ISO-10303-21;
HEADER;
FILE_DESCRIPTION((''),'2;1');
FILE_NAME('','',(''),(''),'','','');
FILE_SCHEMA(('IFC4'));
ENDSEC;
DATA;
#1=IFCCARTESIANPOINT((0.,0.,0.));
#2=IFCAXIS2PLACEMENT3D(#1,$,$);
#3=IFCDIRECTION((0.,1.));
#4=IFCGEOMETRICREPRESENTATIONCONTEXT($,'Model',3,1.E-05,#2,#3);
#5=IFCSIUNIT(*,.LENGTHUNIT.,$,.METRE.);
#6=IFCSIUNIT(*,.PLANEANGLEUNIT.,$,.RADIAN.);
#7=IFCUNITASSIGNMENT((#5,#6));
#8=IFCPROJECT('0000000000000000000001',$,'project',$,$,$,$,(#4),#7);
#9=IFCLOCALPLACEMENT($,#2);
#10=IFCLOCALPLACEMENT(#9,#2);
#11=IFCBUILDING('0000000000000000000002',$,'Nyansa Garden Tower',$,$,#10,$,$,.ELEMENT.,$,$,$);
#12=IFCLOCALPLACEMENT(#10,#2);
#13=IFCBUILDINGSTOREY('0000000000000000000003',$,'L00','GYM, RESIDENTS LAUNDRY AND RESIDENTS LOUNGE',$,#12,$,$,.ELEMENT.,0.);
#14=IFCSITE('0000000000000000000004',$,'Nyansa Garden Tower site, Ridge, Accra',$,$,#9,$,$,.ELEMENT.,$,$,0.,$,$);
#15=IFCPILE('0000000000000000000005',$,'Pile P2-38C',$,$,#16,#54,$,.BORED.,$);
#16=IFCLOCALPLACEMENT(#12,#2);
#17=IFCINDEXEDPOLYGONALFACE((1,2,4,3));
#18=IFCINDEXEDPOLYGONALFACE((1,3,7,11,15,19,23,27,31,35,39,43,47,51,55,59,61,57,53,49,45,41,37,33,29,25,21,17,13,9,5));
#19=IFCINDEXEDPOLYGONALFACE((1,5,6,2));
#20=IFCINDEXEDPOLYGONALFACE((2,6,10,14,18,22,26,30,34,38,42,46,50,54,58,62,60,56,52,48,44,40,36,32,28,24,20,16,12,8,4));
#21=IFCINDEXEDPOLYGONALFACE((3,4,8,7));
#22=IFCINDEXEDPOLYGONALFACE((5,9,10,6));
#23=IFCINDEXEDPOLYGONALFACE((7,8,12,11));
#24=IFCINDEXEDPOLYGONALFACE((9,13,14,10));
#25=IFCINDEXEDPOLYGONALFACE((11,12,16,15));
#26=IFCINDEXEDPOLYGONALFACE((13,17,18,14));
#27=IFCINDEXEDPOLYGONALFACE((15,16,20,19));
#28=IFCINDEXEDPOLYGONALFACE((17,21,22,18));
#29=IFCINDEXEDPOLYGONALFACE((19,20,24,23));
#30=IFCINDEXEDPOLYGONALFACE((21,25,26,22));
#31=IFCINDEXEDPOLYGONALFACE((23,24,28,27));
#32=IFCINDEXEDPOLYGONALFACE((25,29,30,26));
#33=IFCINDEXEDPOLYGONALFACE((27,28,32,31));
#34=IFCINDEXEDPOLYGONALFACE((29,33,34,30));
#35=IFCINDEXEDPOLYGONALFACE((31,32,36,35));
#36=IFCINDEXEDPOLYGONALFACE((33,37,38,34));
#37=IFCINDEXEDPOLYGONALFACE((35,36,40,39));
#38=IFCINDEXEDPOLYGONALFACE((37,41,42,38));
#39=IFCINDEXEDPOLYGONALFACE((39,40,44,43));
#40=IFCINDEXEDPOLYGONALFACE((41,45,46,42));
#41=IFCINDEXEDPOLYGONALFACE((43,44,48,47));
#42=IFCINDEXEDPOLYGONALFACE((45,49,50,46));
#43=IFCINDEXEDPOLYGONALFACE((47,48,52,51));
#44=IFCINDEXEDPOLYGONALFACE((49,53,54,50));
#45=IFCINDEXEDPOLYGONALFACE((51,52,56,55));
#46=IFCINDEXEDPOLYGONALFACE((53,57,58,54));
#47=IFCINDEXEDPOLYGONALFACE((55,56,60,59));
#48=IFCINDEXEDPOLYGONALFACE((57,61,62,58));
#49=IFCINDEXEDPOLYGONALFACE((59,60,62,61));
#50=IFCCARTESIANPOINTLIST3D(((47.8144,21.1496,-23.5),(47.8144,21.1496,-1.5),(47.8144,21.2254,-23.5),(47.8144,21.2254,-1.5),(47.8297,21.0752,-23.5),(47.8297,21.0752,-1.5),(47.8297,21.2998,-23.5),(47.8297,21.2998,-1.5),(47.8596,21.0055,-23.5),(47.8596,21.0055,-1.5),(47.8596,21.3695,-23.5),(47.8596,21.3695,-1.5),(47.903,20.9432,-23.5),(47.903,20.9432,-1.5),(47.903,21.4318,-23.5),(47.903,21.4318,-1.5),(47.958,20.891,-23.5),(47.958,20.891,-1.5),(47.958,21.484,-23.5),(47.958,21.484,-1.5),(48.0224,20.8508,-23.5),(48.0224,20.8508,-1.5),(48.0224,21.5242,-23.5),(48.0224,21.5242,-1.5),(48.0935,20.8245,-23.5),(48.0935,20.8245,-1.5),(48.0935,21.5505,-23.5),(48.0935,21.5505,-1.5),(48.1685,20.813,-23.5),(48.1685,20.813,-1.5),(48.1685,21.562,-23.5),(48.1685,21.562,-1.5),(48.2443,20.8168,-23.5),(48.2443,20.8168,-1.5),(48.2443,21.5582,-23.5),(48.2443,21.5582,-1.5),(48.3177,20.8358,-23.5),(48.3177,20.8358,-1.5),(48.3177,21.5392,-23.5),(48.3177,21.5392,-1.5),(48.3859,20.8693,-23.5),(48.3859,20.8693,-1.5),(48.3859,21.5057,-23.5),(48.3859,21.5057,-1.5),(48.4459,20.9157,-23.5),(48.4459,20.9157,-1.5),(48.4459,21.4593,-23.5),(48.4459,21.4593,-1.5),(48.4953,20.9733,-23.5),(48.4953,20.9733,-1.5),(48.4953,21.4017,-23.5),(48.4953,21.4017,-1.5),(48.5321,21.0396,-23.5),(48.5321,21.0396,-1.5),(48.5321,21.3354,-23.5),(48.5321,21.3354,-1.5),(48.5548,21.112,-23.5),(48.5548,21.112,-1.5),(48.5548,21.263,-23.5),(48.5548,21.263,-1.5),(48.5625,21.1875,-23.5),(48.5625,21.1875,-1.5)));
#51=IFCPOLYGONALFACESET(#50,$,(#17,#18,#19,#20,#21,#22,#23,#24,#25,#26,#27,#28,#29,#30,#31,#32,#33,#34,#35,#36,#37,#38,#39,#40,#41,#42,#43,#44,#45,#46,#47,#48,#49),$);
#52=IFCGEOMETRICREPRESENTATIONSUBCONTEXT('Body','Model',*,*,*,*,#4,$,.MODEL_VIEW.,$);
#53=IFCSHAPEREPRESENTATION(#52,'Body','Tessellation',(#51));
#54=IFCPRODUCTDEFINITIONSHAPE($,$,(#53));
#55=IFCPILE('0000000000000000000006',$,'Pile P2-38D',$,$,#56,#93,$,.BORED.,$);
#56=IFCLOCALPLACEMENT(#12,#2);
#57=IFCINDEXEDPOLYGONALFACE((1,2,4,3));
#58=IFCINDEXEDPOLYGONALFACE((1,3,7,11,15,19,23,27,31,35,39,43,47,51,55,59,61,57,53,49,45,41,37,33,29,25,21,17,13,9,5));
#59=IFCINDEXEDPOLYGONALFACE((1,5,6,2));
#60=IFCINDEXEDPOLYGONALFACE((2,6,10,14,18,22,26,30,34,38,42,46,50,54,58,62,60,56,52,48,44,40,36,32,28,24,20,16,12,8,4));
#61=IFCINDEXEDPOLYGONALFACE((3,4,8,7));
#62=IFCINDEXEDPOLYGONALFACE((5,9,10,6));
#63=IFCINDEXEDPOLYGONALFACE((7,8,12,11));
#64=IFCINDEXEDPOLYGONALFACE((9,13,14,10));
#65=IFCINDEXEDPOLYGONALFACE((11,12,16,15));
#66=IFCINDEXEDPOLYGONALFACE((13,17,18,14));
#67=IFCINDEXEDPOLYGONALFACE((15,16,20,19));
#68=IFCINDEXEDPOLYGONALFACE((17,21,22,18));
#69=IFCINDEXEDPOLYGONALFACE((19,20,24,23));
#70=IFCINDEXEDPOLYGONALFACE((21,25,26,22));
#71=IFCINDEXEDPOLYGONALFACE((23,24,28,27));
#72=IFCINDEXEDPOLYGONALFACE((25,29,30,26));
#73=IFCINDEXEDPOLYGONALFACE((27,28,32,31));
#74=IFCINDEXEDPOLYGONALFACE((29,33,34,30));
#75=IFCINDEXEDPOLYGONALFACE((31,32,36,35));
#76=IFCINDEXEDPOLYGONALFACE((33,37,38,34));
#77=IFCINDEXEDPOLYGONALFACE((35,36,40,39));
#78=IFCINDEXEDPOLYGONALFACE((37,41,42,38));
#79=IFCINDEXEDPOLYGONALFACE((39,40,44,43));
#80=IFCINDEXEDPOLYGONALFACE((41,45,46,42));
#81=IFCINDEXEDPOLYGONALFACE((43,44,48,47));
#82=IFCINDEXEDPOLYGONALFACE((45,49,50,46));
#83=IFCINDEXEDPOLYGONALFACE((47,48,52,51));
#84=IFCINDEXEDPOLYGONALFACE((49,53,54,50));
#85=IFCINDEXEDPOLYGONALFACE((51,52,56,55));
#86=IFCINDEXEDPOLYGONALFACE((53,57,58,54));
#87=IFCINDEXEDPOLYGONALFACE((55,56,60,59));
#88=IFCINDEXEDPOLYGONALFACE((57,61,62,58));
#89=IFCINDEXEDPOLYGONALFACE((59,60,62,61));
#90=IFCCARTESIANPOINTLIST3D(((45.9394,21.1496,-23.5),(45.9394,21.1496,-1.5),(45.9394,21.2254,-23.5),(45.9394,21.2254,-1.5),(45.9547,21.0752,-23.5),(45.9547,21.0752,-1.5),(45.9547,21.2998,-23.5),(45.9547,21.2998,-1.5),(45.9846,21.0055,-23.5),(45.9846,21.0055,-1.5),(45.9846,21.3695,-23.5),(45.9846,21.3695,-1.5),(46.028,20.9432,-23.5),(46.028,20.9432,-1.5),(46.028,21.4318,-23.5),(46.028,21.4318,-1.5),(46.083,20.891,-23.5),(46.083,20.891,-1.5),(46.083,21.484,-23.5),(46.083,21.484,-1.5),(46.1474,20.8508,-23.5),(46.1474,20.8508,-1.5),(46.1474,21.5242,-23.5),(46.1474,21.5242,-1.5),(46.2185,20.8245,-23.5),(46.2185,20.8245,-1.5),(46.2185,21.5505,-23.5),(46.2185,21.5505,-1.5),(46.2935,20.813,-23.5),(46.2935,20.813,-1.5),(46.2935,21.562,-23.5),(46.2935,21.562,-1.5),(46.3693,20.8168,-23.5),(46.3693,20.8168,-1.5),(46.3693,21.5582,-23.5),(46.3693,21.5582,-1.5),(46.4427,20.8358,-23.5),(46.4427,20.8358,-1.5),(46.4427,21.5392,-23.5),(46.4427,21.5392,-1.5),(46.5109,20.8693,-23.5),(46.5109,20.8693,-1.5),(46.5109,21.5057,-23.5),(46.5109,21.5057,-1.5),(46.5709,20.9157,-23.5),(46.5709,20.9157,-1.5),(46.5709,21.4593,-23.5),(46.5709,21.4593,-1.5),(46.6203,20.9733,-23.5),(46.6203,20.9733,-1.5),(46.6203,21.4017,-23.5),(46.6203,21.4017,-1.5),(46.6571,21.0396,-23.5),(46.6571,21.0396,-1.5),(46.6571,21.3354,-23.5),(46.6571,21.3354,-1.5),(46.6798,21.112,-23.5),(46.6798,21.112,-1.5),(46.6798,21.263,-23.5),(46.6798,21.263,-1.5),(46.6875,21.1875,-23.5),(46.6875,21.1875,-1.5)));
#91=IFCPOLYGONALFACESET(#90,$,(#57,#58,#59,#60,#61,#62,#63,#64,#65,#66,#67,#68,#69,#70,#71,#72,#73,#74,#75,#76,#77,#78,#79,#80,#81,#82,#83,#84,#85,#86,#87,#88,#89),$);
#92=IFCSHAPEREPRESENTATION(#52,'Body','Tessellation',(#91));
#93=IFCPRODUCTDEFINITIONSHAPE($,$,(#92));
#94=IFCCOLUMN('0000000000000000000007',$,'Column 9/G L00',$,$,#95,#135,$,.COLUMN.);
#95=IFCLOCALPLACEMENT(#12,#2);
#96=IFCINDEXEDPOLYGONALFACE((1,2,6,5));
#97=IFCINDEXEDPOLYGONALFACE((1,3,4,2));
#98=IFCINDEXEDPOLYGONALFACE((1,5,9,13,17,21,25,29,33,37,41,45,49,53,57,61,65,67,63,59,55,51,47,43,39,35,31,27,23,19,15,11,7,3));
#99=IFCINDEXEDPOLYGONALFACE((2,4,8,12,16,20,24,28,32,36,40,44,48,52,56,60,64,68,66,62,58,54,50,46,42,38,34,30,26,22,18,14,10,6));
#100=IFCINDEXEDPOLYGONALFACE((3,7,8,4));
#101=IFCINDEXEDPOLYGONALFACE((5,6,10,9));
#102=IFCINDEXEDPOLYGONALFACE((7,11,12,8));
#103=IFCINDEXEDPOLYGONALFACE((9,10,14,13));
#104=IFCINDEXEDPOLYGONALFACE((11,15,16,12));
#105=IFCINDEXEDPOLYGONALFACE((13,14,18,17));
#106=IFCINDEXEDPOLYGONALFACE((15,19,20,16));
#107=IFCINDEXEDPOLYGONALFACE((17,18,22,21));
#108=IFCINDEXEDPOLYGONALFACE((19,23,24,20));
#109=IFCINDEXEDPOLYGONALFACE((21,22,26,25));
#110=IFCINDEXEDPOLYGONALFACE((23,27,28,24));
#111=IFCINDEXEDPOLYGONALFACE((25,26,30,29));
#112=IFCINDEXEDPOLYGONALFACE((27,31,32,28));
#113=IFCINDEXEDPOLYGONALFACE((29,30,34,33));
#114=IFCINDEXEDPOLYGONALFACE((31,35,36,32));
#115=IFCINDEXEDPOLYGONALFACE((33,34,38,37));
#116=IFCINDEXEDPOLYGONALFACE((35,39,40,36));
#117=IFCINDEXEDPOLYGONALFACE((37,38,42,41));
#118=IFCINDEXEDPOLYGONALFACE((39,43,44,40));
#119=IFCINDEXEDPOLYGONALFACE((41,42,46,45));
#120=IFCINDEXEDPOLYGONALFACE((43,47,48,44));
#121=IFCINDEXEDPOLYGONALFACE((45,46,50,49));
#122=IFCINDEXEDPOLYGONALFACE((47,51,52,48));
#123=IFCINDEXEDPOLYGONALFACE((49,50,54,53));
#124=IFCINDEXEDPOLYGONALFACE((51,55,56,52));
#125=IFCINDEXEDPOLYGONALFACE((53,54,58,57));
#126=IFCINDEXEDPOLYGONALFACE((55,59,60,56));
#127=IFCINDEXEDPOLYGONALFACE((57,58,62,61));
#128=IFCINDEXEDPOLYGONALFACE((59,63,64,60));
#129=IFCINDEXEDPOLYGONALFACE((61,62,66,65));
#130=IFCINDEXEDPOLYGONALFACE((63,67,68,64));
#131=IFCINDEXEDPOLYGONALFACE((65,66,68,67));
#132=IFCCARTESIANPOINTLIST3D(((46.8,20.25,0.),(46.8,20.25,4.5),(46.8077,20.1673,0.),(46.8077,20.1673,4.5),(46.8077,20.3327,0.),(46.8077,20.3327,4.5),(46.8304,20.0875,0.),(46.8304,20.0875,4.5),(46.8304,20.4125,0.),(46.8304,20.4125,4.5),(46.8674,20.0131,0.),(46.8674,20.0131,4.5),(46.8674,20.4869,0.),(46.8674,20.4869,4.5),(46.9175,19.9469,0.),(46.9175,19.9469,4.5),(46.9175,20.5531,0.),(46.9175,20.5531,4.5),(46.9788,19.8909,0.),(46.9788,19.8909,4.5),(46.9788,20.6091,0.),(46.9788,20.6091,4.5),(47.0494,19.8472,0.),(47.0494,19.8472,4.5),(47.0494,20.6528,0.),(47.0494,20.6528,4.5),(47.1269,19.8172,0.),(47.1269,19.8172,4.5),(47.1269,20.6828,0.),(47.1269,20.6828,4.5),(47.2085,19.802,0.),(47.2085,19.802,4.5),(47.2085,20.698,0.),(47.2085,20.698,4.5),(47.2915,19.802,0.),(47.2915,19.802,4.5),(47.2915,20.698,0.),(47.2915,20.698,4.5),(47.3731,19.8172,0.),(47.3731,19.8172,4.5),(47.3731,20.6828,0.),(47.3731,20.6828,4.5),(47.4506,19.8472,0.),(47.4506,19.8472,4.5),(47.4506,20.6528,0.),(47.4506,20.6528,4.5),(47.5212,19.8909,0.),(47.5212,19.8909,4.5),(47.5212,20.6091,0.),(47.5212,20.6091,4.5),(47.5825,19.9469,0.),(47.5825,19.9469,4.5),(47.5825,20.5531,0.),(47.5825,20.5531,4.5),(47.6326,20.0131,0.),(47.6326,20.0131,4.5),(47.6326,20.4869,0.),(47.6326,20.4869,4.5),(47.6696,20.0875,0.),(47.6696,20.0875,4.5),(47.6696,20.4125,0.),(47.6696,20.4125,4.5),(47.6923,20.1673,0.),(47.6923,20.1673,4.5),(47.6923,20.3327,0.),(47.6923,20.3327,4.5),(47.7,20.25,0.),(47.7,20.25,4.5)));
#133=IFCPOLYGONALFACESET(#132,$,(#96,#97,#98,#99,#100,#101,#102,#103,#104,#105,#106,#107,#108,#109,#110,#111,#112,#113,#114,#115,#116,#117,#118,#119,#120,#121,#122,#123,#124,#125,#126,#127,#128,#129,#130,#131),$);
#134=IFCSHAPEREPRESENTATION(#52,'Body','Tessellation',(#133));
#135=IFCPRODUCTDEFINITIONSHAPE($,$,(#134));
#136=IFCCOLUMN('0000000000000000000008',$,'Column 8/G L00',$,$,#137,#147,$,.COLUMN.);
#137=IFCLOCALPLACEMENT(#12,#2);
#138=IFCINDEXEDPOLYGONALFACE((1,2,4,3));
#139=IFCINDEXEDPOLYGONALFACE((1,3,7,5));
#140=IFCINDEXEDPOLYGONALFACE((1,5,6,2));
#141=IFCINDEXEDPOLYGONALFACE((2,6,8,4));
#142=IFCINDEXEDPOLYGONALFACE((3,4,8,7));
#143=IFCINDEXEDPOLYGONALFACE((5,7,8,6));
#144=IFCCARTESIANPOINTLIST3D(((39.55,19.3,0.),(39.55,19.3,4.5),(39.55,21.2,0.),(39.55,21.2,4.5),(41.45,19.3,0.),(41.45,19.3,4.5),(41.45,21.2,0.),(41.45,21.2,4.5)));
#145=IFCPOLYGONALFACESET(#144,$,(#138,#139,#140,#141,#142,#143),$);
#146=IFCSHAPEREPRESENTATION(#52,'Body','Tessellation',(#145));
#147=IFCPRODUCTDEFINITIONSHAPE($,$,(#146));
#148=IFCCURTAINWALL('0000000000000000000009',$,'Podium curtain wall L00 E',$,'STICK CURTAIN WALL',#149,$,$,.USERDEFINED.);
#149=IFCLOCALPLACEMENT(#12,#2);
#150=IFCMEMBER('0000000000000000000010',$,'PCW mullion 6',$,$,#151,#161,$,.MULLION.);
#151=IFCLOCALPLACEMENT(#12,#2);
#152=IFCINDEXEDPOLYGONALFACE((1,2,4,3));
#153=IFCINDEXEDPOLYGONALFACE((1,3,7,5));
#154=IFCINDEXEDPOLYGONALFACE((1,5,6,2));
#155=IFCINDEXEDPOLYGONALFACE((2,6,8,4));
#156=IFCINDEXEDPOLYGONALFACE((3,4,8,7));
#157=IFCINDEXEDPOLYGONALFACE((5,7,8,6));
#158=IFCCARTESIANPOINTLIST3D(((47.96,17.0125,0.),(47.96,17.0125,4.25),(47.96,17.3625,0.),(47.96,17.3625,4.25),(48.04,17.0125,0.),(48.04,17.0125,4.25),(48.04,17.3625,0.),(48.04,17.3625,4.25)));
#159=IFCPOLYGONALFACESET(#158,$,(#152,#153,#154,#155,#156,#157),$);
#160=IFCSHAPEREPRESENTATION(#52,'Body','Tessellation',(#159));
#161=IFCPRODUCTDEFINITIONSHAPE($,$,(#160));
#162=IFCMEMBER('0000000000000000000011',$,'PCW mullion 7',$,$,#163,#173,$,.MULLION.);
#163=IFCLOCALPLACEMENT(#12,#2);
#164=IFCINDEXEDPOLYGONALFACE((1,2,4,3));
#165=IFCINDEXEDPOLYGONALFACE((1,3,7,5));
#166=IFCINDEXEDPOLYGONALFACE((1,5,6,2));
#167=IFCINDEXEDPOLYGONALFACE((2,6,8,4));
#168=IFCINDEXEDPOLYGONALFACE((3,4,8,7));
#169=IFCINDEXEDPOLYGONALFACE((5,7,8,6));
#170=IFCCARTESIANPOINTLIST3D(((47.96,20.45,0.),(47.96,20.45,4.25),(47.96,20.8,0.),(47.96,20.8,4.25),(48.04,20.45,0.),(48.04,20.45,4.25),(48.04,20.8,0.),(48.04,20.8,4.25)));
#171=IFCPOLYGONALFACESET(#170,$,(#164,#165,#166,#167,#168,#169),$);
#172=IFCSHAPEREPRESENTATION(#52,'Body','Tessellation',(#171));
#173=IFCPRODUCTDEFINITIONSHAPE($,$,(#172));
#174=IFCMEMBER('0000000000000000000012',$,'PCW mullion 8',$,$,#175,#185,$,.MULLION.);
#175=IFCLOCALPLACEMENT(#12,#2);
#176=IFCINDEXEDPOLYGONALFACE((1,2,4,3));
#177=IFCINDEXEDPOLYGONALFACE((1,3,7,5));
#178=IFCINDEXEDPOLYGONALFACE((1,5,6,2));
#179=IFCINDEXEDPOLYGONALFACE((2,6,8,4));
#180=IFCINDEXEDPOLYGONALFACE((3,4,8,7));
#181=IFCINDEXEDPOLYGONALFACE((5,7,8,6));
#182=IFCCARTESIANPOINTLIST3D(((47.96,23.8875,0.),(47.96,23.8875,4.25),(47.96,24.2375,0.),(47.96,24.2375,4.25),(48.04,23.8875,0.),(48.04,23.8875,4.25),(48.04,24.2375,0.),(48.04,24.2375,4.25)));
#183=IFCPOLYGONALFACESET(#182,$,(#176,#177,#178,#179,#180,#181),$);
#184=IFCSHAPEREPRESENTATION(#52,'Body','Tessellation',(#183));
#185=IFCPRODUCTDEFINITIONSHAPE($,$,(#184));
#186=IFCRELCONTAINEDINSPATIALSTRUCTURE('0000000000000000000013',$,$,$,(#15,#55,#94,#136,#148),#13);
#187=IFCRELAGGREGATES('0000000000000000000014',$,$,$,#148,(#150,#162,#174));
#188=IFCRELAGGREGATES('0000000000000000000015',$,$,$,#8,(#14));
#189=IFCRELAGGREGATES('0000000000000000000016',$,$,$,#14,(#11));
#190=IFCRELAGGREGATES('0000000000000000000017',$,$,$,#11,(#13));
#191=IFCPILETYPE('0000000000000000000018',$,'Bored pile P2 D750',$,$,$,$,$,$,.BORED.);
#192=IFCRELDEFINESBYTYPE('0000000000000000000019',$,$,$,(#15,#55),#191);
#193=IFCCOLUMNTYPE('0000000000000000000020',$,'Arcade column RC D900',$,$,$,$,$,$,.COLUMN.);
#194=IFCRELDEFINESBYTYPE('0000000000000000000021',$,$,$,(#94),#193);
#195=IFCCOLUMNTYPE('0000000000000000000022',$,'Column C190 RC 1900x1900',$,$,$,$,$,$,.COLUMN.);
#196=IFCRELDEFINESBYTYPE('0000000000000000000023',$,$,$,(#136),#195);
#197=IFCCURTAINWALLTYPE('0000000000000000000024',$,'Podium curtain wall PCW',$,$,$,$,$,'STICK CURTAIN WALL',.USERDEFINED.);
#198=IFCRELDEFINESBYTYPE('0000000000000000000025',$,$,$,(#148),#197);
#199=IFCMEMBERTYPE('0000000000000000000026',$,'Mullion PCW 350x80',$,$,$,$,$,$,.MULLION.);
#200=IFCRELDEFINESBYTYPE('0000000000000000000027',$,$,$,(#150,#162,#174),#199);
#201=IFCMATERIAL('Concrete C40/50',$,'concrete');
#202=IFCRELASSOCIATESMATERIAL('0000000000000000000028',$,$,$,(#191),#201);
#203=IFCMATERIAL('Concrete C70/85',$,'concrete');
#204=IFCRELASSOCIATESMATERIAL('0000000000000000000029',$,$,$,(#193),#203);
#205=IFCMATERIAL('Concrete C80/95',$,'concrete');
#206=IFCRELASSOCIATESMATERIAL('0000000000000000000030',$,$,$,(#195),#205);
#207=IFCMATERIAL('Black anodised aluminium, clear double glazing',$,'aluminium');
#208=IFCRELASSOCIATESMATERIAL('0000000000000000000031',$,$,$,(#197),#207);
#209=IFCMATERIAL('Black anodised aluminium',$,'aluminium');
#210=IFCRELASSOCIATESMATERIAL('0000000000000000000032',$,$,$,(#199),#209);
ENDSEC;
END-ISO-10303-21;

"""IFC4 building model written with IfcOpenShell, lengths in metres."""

from ifc_helpers import new_model, si_unit, direction, frame, origin, origin_2d, place, context, subcontext, project, spatial, rectangle, circle, extrude, material, material_profile, profile_set, type_object, element, aggregate, save


model = new_model("IFC4")

# Units and contexts
model_context = context("Model", 3, precision=1e-05, world=origin(), true_north=direction((0.0, 1.0)))
body_context = subcontext(model_context, "Body", "Model", "MODEL_VIEW")
ifc_project = project(units=[si_unit("LENGTHUNIT", "METRE"), si_unit("PLANEANGLEUNIT", "RADIAN")], contexts=[model_context])

# Site, building, storey
site_placement = place(None, origin())
site = spatial("IfcSite", under=ifc_project, at=site_placement, Name="Nyansa Garden Tower site, Ridge, Accra", CompositionType="ELEMENT", RefElevation=0.0)
building_placement = place(site_placement, origin())
building = spatial("IfcBuilding", under=site, at=building_placement, Name="Nyansa Garden Tower", CompositionType="ELEMENT")
storey_placement = place(building_placement, origin())
storey = spatial("IfcBuildingStorey", under=building, at=storey_placement, Name="L00", Description="GYM, RESIDENTS LAUNDRY AND RESIDENTS LOUNGE", CompositionType="ELEMENT", Elevation=0.0)

# Piles
ifc_material_1 = material(Name="Concrete C40/50", Category="concrete")
pile_type_1 = type_object("IfcPileType", Name="Bored pile P2 D750", PredefinedType="BORED", material=ifc_material_1)
for number, where, z_axis, x_axis, name in (
    (1, (48.1875, 21.1875, -1.5), (0.0, 0.0, -1.0), (1.0, 0.0, 0.0), "Pile P2-38C"),
    (2, (46.3125, 21.1875, -1.5), (0.0, 0.0, -1.0), (1.0, 0.0, 0.0), "Pile P2-38D"),
):
    element("IfcPile", number, at=place(storey_placement, frame(where, z_axis=z_axis, x_axis=x_axis)), inside=storey, type_object=pile_type_1, Name=name, PredefinedType="BORED", context=body_context, shape_type="SweptSolid", body=[
        extrude(circle(Radius=0.375, at=origin_2d()), origin(), (0.0, 0.0, 1.0), 22.0),
    ])

# Columns
ifc_material_2 = material(Name="Concrete C70/85", Category="concrete")
ifc_material_profile_1 = material_profile(ifc_material_2, circle(Radius=0.45, at=origin_2d()), Name="RC D900")
ifc_profile_set_1 = profile_set([ifc_material_profile_1], Name="Concrete C70/85")
column_type_1 = type_object("IfcColumnType", Name="Arcade column RC D900", PredefinedType="COLUMN", material=ifc_profile_set_1)
column_1_placement = place(storey_placement, frame((47.25, 20.25, 0.0), z_axis=(0.0, 0.0, 1.0), x_axis=(1.0, 0.0, 0.0)))
element("IfcColumn", 3, at=column_1_placement, inside=storey, type_object=column_type_1, Name="Column 9/G L00", PredefinedType="COLUMN", context=body_context, shape_type="SweptSolid", body=[
    extrude(circle(Radius=0.45, at=origin_2d()), origin(), (0.0, 0.0, 1.0), 4.5),
])
ifc_material_3 = material(Name="Concrete C80/95", Category="concrete")
ifc_material_profile_2 = material_profile(ifc_material_3, rectangle(XDim=1.8999, YDim=1.8999, at=origin_2d()), Name="RC 1900x1900")
ifc_profile_set_2 = profile_set([ifc_material_profile_2], Name="Concrete C80/95")
column_type_2 = type_object("IfcColumnType", Name="Column C190 RC 1900x1900", PredefinedType="COLUMN", material=ifc_profile_set_2)
column_2_placement = place(storey_placement, frame((40.5, 20.25, 0.0), z_axis=(0.0, 0.0, 1.0), x_axis=(1.0, 0.0, 0.0)))
element("IfcColumn", 4, at=column_2_placement, inside=storey, type_object=column_type_2, Name="Column 8/G L00", PredefinedType="COLUMN", context=body_context, shape_type="SweptSolid", body=[
    extrude(rectangle(XDim=1.8999, YDim=1.8999, at=origin_2d()), origin(), (0.0, 0.0, 1.0), 4.5),
])

# Curtain wall, members
ifc_material_4 = material(Name="Black anodised aluminium, clear double glazing", Category="aluminium")
curtain_wall_type = type_object("IfcCurtainWallType", Name="Podium curtain wall PCW", ElementType="STICK CURTAIN WALL", PredefinedType="USERDEFINED", material=ifc_material_4)
curtain_wall_placement = place(storey_placement, origin())
curtain_wall = element("IfcCurtainWall", 5, at=curtain_wall_placement, inside=storey, type_object=curtain_wall_type, Name="Podium curtain wall L00 E", ObjectType="STICK CURTAIN WALL", PredefinedType="USERDEFINED")
ifc_material_5 = material(Name="Black anodised aluminium", Category="aluminium")
ifc_material_profile_3 = material_profile(ifc_material_5, rectangle(XDim=0.0801, YDim=0.3501, at=origin_2d()), Name="Mullion 350x80")
ifc_profile_set_3 = profile_set([ifc_material_profile_3], Name="Black anodised aluminium")
member_type_1 = type_object("IfcMemberType", Name="Mullion PCW 350x80", PredefinedType="MULLION", material=ifc_profile_set_3)
member_1_placement = place(storey_placement, frame((48.0, 17.1875, 0.0), z_axis=(0.0, 0.0, 1.0), x_axis=(-1.0, 0.0, 0.0)))
member_1 = element("IfcMember", 6, at=member_1_placement, type_object=member_type_1, Name="PCW mullion 6", PredefinedType="MULLION", context=body_context, shape_type="SweptSolid", body=[
    extrude(rectangle(XDim=0.0801, YDim=0.3501, at=origin_2d()), origin(), (0.0, 0.0, 1.0), 4.25),
])
member_2_placement = place(storey_placement, frame((48.0, 20.625, 0.0), z_axis=(0.0, 0.0, 1.0), x_axis=(-1.0, 0.0, 0.0)))
member_2 = element("IfcMember", 7, at=member_2_placement, type_object=member_type_1, Name="PCW mullion 7", PredefinedType="MULLION", context=body_context, shape_type="SweptSolid", body=[
    extrude(rectangle(XDim=0.0801, YDim=0.3501, at=origin_2d()), origin(), (0.0, 0.0, 1.0), 4.25),
])
member_3_placement = place(storey_placement, frame((48.0, 24.0625, 0.0), z_axis=(0.0, 0.0, 1.0), x_axis=(-1.0, 0.0, 0.0)))
member_3 = element("IfcMember", 8, at=member_3_placement, type_object=member_type_1, Name="PCW mullion 8", PredefinedType="MULLION", context=body_context, shape_type="SweptSolid", body=[
    extrude(rectangle(XDim=0.0801, YDim=0.3501, at=origin_2d()), origin(), (0.0, 0.0, 1.0), 4.25),
])

aggregate(curtain_wall, [member_1, member_2, member_3])

save(model, "model.ifc")
